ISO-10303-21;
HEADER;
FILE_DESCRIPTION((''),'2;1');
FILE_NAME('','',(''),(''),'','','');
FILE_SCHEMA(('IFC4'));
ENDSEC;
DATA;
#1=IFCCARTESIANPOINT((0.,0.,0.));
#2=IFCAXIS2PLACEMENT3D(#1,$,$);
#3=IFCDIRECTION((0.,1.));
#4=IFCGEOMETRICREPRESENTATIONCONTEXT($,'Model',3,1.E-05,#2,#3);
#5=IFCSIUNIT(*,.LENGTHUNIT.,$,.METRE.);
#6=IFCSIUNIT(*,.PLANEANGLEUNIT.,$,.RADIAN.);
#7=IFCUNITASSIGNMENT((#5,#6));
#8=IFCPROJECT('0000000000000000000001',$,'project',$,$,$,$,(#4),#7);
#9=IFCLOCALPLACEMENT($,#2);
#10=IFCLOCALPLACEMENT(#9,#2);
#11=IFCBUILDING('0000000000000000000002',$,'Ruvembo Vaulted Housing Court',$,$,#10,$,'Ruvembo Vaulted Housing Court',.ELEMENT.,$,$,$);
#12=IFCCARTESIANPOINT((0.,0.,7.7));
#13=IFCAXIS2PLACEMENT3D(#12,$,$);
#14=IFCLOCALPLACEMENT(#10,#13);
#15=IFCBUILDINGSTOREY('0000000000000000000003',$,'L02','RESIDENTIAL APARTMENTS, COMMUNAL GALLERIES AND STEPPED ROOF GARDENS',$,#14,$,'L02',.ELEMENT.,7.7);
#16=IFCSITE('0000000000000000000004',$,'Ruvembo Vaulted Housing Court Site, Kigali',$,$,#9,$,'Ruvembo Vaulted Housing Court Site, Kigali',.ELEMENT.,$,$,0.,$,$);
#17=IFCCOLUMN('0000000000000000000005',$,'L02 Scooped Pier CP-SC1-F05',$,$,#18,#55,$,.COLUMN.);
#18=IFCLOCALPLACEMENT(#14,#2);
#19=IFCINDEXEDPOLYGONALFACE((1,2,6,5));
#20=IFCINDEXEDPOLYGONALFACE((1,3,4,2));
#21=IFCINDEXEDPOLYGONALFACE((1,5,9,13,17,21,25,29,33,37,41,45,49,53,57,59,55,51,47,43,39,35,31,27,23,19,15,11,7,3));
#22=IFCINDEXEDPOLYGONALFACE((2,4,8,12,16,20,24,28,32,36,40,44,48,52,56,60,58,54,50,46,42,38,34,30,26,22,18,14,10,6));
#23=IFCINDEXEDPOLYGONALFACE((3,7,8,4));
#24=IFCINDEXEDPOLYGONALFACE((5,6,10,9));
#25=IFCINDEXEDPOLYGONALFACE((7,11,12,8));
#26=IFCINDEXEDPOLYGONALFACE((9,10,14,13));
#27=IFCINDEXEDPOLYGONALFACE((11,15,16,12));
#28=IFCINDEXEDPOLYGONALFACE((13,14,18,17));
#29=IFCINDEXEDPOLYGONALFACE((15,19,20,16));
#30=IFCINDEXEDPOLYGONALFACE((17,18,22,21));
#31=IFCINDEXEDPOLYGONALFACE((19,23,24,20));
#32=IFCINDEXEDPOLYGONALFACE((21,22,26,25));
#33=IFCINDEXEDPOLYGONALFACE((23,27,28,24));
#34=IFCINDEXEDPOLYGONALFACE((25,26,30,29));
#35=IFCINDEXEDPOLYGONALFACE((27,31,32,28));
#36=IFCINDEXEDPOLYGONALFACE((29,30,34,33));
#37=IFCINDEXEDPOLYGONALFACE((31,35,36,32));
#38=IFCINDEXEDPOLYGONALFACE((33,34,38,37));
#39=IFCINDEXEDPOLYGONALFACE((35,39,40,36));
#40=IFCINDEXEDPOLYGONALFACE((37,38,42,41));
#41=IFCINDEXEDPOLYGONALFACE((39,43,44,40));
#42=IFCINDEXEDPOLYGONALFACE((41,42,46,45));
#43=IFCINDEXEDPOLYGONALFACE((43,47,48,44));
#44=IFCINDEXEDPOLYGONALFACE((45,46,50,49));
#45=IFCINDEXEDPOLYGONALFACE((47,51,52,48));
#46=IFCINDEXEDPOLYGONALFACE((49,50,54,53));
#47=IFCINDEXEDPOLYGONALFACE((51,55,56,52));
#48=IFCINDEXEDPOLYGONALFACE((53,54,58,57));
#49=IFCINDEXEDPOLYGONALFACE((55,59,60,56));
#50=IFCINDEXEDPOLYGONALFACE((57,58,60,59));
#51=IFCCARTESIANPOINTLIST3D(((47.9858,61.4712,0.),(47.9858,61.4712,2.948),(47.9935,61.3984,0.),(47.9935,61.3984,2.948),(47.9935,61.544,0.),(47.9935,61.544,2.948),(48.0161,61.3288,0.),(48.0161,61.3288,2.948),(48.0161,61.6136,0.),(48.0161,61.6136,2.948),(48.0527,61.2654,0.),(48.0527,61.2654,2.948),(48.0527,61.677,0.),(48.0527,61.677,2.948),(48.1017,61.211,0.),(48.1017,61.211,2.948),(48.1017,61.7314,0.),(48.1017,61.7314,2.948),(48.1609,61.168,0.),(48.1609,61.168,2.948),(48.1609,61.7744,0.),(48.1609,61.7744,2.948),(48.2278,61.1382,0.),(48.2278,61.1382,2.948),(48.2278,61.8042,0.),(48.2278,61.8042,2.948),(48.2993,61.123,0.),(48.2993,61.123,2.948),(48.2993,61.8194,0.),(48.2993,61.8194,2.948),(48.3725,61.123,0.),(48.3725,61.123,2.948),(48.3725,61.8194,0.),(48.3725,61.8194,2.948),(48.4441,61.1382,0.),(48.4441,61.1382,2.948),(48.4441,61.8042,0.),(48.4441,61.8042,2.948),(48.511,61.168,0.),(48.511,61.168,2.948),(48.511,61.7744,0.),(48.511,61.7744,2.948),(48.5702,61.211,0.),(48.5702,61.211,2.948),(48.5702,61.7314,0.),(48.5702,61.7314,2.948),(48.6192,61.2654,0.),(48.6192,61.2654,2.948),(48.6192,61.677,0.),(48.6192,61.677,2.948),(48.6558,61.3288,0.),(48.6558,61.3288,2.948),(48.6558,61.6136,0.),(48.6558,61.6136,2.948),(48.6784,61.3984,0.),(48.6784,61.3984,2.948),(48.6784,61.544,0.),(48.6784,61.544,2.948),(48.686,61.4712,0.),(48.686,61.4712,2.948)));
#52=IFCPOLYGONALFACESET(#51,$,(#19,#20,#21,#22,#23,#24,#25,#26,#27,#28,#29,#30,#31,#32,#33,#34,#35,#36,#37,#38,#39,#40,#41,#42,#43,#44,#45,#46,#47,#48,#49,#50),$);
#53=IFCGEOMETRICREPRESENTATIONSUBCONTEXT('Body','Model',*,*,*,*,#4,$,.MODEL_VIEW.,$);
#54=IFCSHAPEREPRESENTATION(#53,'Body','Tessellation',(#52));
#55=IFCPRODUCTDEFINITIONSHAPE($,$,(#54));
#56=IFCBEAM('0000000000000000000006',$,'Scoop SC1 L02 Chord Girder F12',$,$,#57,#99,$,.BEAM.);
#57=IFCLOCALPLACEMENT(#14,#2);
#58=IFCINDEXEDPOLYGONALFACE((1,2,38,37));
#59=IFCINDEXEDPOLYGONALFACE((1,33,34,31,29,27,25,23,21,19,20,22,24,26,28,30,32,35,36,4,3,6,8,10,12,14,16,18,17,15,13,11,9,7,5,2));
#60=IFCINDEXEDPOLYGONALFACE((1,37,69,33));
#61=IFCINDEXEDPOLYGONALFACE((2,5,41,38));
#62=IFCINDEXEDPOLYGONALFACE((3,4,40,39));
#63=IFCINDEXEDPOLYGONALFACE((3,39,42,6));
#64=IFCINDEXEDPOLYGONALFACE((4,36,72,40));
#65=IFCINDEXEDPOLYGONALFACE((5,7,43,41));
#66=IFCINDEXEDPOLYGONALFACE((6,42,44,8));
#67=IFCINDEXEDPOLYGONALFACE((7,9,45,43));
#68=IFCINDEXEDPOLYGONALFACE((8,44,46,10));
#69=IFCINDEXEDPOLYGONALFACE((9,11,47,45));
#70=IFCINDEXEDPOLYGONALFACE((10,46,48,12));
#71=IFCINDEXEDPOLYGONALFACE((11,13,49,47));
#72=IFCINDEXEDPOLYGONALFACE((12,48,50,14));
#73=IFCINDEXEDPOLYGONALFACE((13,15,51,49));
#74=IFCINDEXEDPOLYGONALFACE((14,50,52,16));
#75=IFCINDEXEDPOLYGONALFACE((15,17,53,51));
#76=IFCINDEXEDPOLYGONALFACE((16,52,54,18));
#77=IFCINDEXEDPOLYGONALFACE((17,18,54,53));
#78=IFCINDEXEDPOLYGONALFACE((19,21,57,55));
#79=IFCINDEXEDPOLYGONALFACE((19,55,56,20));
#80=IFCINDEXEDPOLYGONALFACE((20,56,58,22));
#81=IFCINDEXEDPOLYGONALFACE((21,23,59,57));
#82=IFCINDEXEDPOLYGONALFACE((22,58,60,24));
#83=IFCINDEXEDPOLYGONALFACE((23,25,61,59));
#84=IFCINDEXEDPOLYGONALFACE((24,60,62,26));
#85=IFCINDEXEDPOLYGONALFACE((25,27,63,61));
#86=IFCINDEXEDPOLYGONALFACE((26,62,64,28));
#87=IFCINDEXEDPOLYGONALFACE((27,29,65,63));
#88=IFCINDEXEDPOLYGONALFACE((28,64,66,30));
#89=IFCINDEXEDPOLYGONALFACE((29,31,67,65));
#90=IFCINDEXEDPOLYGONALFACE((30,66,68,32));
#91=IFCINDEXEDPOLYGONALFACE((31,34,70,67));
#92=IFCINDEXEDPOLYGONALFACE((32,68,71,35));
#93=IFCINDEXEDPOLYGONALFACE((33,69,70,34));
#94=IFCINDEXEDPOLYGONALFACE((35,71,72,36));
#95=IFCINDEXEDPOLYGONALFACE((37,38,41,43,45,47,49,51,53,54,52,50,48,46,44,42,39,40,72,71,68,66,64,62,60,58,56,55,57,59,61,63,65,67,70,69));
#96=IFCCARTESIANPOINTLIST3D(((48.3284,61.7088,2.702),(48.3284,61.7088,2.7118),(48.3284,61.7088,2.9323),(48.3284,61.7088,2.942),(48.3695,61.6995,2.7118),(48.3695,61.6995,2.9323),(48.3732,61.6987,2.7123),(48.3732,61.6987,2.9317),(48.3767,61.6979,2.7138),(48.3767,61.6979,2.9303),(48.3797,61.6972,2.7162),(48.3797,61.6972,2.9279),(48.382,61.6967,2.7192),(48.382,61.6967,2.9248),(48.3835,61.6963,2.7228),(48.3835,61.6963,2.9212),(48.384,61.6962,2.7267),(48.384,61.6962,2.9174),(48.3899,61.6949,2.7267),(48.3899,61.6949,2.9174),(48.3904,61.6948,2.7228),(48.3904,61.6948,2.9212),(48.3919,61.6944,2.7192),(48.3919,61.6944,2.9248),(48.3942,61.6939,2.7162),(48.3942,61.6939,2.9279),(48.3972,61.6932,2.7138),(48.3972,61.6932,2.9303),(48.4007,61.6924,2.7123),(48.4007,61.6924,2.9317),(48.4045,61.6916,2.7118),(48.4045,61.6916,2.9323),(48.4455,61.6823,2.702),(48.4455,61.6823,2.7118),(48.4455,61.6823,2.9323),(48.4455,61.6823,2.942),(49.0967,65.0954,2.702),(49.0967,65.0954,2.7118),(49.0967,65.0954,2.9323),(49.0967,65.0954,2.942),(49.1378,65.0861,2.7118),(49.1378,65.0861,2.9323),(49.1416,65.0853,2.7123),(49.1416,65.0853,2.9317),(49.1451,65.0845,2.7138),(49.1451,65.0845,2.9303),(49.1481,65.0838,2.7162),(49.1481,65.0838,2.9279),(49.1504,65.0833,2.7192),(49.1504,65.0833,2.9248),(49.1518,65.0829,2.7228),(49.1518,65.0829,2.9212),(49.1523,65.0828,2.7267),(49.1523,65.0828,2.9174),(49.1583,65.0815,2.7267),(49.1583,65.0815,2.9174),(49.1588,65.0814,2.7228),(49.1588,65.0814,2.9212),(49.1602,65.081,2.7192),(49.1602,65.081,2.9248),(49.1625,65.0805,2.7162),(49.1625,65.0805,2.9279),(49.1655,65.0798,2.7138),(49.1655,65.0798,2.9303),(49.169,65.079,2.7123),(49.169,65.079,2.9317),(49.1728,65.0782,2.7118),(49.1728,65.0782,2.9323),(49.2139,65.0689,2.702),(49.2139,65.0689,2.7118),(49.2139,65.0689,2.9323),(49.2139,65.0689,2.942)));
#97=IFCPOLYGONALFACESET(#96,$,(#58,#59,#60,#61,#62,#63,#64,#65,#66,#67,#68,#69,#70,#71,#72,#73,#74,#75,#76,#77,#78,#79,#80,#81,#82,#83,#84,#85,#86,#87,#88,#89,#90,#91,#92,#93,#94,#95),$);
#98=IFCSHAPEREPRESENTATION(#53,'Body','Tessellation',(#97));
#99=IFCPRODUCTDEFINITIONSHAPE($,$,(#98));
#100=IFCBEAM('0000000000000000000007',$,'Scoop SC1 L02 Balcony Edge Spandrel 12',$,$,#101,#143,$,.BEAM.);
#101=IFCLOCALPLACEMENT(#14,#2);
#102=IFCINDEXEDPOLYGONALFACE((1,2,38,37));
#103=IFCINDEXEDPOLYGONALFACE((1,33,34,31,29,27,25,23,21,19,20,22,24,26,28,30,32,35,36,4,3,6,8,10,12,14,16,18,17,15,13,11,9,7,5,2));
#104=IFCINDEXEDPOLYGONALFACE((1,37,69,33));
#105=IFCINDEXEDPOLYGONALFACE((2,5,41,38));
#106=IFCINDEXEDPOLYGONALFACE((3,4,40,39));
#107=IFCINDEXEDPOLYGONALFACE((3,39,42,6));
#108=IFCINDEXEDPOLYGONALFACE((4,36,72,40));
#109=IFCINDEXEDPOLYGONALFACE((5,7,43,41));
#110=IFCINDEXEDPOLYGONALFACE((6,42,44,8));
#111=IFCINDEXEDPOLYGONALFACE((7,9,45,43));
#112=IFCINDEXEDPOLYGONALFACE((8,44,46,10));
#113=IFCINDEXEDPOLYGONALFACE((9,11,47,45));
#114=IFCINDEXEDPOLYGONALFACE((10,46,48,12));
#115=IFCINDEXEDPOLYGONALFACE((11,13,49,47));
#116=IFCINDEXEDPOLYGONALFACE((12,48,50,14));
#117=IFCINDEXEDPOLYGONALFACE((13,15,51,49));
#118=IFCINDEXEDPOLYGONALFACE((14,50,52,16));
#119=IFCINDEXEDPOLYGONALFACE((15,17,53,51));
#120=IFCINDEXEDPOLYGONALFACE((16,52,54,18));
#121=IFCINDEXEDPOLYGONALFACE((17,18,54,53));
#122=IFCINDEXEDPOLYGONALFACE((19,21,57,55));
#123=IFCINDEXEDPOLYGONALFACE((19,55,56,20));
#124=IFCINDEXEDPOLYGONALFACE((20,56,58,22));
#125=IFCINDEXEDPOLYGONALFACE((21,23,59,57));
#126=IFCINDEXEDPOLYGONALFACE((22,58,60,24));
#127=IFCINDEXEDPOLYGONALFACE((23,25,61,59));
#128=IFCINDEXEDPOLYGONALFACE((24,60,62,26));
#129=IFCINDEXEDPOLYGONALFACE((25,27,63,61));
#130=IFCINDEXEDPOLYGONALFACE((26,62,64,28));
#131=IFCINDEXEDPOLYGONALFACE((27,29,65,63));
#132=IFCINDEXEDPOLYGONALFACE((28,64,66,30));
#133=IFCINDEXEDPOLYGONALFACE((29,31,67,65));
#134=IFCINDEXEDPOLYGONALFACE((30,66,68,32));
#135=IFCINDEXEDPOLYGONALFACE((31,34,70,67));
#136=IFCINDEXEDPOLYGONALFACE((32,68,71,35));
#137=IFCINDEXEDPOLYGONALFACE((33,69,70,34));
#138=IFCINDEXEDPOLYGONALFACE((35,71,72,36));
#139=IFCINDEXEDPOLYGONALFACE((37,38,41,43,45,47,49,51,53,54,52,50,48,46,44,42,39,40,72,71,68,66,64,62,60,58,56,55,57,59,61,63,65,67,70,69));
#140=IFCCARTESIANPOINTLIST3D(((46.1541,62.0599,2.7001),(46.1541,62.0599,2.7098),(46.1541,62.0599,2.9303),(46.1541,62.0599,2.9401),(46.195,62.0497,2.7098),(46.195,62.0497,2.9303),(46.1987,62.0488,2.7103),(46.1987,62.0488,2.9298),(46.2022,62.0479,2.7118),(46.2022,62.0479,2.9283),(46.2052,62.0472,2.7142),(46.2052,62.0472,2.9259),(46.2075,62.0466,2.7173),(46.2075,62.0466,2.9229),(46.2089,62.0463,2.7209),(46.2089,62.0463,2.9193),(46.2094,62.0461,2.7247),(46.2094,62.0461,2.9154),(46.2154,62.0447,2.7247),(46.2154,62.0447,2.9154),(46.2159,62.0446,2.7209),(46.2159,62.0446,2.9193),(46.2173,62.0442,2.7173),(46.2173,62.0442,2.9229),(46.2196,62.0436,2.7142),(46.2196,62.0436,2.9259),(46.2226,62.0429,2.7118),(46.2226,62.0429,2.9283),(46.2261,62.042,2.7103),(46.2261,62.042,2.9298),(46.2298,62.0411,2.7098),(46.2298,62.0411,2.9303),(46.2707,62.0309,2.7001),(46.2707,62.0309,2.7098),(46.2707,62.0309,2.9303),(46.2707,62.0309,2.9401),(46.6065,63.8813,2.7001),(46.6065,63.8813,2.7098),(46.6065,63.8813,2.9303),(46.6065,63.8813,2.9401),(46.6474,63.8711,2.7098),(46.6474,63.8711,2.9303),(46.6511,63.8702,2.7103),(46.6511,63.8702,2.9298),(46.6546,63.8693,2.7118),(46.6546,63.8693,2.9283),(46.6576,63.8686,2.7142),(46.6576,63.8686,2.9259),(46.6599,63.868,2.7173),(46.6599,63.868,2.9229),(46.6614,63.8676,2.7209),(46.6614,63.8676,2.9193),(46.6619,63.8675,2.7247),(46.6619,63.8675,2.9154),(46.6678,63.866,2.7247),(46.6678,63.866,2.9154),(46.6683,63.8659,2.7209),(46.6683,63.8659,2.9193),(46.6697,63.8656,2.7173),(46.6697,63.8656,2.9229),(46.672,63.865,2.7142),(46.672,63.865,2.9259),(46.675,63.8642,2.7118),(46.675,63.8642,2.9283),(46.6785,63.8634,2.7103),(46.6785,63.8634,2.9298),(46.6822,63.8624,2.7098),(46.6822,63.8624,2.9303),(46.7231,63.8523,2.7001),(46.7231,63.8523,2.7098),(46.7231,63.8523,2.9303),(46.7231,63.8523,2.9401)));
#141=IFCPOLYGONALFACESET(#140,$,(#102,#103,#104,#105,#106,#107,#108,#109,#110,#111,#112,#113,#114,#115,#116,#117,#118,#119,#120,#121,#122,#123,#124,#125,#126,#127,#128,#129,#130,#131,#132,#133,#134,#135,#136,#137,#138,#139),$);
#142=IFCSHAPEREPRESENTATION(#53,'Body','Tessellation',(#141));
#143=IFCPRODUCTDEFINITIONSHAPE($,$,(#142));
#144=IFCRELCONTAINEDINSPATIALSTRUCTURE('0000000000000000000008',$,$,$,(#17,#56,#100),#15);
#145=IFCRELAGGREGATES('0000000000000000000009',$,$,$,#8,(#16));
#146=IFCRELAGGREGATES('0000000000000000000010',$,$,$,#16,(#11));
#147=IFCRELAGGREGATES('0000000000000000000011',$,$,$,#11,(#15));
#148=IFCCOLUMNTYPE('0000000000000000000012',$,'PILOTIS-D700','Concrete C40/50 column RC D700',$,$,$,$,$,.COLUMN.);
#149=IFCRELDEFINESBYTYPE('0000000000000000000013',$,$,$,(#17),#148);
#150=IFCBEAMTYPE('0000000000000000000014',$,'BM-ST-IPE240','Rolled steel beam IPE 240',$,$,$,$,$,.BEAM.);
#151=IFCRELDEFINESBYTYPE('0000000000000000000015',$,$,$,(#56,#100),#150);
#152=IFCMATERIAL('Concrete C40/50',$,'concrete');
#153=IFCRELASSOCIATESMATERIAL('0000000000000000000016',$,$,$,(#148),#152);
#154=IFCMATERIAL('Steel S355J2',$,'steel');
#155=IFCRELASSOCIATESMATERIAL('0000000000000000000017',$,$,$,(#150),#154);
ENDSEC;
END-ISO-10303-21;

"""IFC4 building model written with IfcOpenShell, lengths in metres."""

from ifc_helpers import new_model, si_unit, direction, frame, origin, origin_2d, place, context, subcontext, project, spatial, circle, i_section, extrude, material, material_profile, profile_set, type_object, element, save


model = new_model("IFC4")

# Units and contexts
model_context = context("Model", 3, precision=1e-05, world=origin(), true_north=direction((0.0, 1.0)))
body_context = subcontext(model_context, "Body", "Model", "MODEL_VIEW")
ifc_project = project(units=[si_unit("LENGTHUNIT", "METRE"), si_unit("PLANEANGLEUNIT", "RADIAN")], contexts=[model_context])

# Site, building, storey
site_placement = place(None, origin())
site = spatial("IfcSite", under=ifc_project, at=site_placement, Name="Ruvembo Vaulted Housing Court Site, Kigali", LongName="Ruvembo Vaulted Housing Court Site, Kigali", CompositionType="ELEMENT", RefElevation=0.0)
building_placement = place(site_placement, origin())
building = spatial("IfcBuilding", under=site, at=building_placement, Name="Ruvembo Vaulted Housing Court", LongName="Ruvembo Vaulted Housing Court", CompositionType="ELEMENT")
storey_placement = place(building_placement, frame((0.0, 0.0, 7.7)))
storey = spatial("IfcBuildingStorey", under=building, at=storey_placement, Name="L02", Description="RESIDENTIAL APARTMENTS, COMMUNAL GALLERIES AND STEPPED ROOF GARDENS", LongName="L02", CompositionType="ELEMENT", Elevation=7.7)

# Column
ifc_material_1 = material(Name="Concrete C40/50", Category="concrete")
ifc_material_profile_1 = material_profile(ifc_material_1, circle(Radius=0.3501, at=origin_2d()), Name="RC D700")
ifc_profile_set_1 = profile_set([ifc_material_profile_1], Name="Concrete C40/50")
column_type = type_object("IfcColumnType", Name="PILOTIS-D700", Description="Concrete C40/50 column RC D700", PredefinedType="COLUMN", material=ifc_profile_set_1)
column_placement = place(storey_placement, frame((48.3359, 61.4712, 0.0), z_axis=(0.0, 0.0, 1.0), x_axis=(1.0, 0.0, 0.0)))
element("IfcColumn", 1, at=column_placement, inside=storey, type_object=column_type, Name="L02 Scooped Pier CP-SC1-F05", PredefinedType="COLUMN", context=body_context, shape_type="SweptSolid", body=[
    extrude(circle(Radius=0.3501, at=origin_2d()), origin(), (0.0, 0.0, 1.0), 2.948),
])

# Beams
ifc_material_2 = material(Name="Steel S355J2", Category="steel")
ifc_material_profile_2 = material_profile(ifc_material_2, i_section(OverallWidth=0.1201, OverallDepth=0.24, WebThickness=0.0061, FlangeThickness=0.0098, FilletRadius=0.0149, at=origin_2d()), Name="IPE 240")
ifc_profile_set_2 = profile_set([ifc_material_profile_2], Name="Steel S355J2")
beam_type = type_object("IfcBeamType", Name="BM-ST-IPE240", Description="Rolled steel beam IPE 240", PredefinedType="BEAM", material=ifc_profile_set_2)
beam_1_placement = place(storey_placement, frame((48.387, 61.6956, 2.822), z_axis=(0.221253, 0.975216, 0.0), x_axis=(-0.975216, 0.221253, 0.0)))
element("IfcBeam", 2, at=beam_1_placement, inside=storey, type_object=beam_type, Name="Scoop SC1 L02 Chord Girder F12", PredefinedType="BEAM", context=body_context, shape_type="SweptSolid", body=[
    extrude(i_section(OverallWidth=0.1201, OverallDepth=0.24, WebThickness=0.0061, FlangeThickness=0.0098, FilletRadius=0.0149, at=origin_2d()), origin(), (0.0, 0.0, 1.0), 3.4727),
])
beam_2_placement = place(storey_placement, frame((46.2124, 62.0454, 2.8201), z_axis=(0.241066, 0.970509, 0.0), x_axis=(-0.970509, 0.241066, 0.0)))
element("IfcBeam", 3, at=beam_2_placement, inside=storey, type_object=beam_type, Name="Scoop SC1 L02 Balcony Edge Spandrel 12", PredefinedType="BEAM", context=body_context, shape_type="SweptSolid", body=[
    extrude(i_section(OverallWidth=0.1201, OverallDepth=0.24, WebThickness=0.0061, FlangeThickness=0.0098, FilletRadius=0.0149, at=origin_2d()), origin(), (0.0, 0.0, 1.0), 1.8767),
])

save(model, "model.ifc")
